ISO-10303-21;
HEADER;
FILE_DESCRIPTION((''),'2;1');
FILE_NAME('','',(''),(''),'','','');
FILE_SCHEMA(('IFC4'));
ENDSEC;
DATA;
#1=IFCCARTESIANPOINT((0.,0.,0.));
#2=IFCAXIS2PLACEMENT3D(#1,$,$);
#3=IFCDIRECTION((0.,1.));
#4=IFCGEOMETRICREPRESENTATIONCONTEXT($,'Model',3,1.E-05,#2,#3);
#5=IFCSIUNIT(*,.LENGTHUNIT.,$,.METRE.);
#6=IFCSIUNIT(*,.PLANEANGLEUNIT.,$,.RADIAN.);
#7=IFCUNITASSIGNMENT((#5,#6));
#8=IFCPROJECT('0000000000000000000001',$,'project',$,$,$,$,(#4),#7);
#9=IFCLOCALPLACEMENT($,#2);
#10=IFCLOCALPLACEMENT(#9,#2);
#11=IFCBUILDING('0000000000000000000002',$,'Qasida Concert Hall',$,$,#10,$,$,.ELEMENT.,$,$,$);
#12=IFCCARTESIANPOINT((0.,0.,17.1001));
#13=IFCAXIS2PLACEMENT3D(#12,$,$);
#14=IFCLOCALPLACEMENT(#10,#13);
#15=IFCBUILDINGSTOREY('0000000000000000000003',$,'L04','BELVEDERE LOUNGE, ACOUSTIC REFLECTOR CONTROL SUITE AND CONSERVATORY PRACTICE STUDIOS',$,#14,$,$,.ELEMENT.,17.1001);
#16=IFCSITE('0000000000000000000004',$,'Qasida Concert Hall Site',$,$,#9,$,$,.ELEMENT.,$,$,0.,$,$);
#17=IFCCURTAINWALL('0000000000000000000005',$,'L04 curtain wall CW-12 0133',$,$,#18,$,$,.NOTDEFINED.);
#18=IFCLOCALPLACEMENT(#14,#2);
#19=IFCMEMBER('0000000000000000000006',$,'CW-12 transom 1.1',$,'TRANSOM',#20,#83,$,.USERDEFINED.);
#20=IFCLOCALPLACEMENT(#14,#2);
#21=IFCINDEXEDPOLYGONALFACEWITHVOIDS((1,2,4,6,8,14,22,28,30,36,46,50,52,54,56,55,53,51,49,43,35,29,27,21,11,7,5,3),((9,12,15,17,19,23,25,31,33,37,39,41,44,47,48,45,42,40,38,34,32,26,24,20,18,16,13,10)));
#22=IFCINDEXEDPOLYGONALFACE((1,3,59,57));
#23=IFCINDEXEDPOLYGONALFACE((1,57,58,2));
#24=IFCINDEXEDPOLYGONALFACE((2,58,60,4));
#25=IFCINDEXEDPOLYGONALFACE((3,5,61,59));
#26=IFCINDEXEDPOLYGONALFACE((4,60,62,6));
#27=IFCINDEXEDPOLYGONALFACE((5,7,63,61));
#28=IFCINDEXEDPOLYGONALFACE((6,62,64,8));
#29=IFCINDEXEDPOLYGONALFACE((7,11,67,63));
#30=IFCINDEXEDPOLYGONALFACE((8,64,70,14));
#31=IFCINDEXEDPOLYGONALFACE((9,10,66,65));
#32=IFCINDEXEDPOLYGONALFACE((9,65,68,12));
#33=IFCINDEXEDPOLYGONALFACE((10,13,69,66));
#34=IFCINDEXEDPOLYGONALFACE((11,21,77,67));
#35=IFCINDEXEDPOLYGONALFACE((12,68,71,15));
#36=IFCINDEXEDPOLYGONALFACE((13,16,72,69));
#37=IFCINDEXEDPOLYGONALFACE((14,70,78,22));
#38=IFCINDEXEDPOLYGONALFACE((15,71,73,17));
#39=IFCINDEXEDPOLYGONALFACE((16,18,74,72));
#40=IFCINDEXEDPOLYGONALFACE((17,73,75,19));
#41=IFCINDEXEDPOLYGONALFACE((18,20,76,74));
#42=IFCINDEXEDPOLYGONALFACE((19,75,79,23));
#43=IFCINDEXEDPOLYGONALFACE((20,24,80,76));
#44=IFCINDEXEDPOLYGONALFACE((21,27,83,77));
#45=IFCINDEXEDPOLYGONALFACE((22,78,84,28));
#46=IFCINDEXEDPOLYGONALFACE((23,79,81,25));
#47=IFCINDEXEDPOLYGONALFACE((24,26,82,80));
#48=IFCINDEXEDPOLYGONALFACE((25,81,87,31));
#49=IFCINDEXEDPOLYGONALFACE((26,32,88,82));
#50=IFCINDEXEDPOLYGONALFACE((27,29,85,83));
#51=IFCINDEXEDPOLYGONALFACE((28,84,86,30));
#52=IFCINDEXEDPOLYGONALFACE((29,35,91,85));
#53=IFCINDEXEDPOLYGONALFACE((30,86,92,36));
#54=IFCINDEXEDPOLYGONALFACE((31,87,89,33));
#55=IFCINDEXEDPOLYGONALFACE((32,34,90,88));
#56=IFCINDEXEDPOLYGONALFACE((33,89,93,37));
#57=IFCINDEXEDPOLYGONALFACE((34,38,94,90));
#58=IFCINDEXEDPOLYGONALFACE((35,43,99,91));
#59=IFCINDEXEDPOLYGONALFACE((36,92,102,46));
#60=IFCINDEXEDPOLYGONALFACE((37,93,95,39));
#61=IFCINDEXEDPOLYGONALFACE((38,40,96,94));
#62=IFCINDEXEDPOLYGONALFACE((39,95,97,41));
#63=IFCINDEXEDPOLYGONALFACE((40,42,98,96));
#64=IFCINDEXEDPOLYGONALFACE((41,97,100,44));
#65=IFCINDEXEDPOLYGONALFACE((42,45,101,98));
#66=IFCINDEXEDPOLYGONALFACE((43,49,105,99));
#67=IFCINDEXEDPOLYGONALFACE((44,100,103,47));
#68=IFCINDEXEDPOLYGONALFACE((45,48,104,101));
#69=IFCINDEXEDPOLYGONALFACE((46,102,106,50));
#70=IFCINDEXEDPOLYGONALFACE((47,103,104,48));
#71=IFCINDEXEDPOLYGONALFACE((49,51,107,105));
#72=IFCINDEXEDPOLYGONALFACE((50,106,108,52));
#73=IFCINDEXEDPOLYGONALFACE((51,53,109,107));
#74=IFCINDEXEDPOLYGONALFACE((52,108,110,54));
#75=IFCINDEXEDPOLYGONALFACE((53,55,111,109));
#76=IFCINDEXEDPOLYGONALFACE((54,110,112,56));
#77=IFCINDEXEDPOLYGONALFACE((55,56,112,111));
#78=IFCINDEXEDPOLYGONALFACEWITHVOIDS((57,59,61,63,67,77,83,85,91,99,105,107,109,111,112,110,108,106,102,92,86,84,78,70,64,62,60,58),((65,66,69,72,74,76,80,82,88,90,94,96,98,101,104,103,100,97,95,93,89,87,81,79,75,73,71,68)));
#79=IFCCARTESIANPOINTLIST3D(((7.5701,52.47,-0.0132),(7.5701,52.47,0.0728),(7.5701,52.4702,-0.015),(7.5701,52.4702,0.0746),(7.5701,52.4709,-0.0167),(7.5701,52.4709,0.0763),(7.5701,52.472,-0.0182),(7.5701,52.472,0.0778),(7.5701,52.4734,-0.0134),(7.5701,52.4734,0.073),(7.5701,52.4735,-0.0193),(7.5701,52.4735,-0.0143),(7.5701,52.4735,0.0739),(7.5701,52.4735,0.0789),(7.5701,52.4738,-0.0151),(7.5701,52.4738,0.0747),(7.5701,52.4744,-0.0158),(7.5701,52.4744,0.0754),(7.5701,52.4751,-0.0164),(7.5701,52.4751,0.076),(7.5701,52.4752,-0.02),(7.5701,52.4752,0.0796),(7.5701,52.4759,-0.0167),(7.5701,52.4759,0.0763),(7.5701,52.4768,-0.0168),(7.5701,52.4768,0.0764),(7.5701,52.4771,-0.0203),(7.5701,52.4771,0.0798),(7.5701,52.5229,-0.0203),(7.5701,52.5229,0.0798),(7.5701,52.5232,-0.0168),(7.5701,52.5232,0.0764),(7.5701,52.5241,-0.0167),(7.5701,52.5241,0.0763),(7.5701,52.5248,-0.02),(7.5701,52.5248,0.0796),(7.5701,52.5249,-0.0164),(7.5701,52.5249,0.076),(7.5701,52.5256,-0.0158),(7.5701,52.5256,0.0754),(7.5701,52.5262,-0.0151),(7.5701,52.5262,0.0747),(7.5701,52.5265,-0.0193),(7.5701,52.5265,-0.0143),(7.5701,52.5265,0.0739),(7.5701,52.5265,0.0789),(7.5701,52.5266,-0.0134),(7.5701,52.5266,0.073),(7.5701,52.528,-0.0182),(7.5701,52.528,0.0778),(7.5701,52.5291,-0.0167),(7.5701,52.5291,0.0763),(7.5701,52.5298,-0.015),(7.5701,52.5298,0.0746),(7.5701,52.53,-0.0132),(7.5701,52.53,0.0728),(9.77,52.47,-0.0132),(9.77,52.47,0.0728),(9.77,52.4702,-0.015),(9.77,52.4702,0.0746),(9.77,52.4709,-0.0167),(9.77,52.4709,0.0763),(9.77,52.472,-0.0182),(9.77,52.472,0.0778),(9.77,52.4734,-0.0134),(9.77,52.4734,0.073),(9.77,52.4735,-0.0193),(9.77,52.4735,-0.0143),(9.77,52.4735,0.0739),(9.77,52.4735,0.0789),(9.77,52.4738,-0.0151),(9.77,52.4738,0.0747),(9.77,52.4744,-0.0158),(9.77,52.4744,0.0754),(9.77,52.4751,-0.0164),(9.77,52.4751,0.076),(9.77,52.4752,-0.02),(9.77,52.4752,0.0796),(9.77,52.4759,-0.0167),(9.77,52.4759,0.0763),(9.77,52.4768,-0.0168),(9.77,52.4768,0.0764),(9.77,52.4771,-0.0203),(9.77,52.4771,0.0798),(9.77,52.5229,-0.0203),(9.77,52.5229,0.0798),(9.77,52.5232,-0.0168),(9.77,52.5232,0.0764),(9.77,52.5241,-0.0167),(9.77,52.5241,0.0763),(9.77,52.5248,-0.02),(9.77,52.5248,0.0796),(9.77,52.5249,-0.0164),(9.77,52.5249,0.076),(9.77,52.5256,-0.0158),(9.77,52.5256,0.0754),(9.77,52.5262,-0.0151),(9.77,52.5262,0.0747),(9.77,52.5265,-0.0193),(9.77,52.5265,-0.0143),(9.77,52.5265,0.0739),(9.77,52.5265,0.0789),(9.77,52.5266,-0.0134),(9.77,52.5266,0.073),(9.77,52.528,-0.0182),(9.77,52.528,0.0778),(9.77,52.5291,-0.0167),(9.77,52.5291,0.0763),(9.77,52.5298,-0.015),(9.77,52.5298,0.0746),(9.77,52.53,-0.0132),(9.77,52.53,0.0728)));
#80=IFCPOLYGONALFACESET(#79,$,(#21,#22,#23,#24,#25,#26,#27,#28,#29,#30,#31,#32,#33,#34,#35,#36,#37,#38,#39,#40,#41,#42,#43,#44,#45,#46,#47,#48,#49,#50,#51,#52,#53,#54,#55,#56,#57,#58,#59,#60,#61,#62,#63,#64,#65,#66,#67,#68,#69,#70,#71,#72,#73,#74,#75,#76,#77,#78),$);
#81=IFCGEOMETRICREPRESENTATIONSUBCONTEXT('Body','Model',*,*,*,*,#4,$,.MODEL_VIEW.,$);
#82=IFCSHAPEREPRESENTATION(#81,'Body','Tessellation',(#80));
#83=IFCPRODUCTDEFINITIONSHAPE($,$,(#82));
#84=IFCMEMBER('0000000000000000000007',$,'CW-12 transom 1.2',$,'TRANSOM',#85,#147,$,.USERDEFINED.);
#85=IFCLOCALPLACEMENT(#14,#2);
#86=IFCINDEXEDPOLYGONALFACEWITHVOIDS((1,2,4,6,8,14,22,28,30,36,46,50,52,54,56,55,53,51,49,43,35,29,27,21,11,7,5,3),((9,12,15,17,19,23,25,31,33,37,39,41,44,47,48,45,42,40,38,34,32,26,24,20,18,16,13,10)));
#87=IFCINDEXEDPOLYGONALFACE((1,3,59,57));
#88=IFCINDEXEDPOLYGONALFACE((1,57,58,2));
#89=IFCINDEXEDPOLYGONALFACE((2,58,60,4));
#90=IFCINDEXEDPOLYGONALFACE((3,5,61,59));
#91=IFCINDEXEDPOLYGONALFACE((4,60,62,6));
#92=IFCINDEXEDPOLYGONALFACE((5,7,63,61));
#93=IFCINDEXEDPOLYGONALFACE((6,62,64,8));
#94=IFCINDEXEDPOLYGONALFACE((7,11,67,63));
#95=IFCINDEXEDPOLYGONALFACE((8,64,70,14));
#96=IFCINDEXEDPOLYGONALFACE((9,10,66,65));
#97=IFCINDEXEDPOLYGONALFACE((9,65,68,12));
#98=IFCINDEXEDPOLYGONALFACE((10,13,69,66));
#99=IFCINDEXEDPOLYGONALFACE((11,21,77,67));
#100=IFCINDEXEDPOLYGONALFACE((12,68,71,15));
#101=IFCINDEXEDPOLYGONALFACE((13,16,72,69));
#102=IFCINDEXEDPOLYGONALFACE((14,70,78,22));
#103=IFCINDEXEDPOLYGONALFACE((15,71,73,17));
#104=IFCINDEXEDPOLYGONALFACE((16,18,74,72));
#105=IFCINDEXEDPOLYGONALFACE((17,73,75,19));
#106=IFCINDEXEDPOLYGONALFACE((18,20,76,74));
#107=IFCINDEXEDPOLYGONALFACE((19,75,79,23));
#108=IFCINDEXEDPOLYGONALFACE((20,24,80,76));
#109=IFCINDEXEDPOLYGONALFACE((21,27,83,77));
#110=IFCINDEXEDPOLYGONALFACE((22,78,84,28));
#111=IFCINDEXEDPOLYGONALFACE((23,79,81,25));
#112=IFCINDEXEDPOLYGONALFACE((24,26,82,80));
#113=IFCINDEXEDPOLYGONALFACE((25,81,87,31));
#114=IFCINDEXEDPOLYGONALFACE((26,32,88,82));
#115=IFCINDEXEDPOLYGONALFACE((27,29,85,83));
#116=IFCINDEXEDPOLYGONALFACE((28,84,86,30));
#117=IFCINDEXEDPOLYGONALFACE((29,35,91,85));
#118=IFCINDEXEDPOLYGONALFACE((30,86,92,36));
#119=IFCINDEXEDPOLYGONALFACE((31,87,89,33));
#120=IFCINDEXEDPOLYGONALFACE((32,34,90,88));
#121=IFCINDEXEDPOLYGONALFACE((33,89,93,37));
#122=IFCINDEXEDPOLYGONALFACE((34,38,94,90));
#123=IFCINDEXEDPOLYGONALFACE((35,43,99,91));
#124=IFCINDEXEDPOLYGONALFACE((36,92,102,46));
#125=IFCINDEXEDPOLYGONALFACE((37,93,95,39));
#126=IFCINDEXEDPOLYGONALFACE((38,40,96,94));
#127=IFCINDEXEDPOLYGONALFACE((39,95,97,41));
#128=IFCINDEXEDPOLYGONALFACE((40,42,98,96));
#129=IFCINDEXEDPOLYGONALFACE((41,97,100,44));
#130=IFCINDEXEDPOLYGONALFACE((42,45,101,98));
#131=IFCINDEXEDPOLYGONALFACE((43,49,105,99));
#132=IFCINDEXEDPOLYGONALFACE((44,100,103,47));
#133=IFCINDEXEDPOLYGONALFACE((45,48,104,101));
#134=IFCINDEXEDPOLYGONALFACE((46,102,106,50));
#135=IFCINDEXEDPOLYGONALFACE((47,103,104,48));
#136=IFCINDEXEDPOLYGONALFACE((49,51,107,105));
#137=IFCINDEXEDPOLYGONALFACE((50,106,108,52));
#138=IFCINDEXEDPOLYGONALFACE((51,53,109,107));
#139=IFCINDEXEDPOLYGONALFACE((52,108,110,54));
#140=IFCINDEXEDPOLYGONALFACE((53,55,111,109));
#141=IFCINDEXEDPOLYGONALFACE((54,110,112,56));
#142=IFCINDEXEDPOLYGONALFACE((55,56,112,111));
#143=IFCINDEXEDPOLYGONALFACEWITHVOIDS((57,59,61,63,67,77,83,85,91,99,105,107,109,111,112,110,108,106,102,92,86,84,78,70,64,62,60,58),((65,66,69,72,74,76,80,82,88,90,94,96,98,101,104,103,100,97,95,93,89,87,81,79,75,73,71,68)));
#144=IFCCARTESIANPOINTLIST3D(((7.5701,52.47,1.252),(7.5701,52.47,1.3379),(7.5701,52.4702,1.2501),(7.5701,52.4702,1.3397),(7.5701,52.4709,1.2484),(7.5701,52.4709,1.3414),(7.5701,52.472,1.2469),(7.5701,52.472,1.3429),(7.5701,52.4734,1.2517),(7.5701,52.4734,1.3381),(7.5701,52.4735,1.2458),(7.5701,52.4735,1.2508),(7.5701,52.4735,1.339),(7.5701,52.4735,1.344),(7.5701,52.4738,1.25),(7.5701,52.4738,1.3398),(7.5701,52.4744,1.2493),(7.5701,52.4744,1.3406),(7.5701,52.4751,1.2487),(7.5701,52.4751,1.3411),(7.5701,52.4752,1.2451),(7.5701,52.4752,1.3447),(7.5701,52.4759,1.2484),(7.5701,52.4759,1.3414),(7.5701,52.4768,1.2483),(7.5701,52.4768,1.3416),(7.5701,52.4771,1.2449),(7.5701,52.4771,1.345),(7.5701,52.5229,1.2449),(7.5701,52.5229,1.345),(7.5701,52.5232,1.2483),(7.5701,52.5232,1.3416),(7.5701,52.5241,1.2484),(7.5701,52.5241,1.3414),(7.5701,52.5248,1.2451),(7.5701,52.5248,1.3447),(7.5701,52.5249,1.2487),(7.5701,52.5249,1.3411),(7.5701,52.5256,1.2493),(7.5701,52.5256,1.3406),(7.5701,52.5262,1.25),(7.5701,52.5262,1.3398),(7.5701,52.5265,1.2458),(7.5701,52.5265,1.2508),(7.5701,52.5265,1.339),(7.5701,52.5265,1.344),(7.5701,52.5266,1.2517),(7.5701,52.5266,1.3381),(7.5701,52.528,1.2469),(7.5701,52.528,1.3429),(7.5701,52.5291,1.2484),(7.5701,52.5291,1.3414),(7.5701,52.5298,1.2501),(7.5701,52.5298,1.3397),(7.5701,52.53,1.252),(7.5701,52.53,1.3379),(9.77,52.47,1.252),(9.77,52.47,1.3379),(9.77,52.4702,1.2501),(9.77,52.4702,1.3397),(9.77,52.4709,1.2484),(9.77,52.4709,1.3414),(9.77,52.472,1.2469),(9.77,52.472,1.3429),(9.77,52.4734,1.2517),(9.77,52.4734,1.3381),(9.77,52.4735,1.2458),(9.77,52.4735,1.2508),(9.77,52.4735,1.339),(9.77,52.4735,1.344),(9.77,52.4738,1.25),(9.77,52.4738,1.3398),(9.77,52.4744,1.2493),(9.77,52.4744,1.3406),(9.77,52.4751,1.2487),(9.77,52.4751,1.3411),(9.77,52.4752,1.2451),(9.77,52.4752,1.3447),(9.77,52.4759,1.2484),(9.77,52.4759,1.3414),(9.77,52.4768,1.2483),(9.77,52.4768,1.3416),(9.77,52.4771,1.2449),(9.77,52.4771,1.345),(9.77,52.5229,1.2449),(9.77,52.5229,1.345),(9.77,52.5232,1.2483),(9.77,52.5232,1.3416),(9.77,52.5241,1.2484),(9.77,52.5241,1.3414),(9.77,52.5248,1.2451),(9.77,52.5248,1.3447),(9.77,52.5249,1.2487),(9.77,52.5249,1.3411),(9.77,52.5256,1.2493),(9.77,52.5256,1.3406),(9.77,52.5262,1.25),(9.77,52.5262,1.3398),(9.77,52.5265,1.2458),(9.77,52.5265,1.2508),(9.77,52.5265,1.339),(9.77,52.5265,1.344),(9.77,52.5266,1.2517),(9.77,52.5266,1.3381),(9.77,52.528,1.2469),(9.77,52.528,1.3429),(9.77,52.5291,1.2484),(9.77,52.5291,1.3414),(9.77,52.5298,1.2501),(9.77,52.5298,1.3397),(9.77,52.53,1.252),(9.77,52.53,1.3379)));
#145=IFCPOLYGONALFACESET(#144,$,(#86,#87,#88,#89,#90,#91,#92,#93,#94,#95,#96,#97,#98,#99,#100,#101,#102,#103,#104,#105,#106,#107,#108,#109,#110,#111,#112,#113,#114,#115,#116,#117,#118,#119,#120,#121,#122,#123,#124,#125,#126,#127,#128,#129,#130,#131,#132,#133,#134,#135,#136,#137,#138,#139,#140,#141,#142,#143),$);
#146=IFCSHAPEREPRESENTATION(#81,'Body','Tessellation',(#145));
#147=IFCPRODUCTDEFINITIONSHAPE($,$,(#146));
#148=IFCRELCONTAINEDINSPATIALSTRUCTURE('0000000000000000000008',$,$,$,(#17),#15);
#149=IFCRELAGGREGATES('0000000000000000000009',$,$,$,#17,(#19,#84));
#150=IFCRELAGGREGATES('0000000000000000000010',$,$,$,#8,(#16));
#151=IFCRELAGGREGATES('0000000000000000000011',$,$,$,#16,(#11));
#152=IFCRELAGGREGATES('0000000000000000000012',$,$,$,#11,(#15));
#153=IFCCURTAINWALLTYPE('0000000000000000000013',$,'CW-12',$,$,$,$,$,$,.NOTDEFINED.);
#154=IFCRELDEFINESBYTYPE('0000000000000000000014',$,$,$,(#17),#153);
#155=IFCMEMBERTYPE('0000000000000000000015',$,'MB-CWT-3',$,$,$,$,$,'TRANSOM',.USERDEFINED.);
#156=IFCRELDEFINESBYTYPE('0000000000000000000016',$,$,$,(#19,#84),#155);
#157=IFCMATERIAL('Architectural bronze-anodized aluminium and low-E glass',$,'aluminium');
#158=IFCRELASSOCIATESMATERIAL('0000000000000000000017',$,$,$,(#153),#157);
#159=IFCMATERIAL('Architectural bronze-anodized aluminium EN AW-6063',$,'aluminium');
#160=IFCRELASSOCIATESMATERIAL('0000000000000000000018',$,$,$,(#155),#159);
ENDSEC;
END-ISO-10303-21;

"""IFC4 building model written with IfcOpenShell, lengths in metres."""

from ifc_helpers import new_model, si_unit, direction, frame, origin, origin_2d, place, context, subcontext, project, spatial, hollow_rectangle, extrude, material, material_profile, profile_set, type_object, element, aggregate, save


model = new_model("IFC4")

# Units and contexts
model_context = context("Model", 3, precision=1e-05, world=origin(), true_north=direction((0.0, 1.0)))
body_context = subcontext(model_context, "Body", "Model", "MODEL_VIEW")
ifc_project = project(units=[si_unit("LENGTHUNIT", "METRE"), si_unit("PLANEANGLEUNIT", "RADIAN")], contexts=[model_context])

# Site, building, storey
site_placement = place(None, origin())
site = spatial("IfcSite", under=ifc_project, at=site_placement, Name="Qasida Concert Hall Site", CompositionType="ELEMENT", RefElevation=0.0)
building_placement = place(site_placement, origin())
building = spatial("IfcBuilding", under=site, at=building_placement, Name="Qasida Concert Hall", CompositionType="ELEMENT")
storey_placement = place(building_placement, frame((0.0, 0.0, 17.1001)))
storey = spatial("IfcBuildingStorey", under=building, at=storey_placement, Name="L04", Description="BELVEDERE LOUNGE, ACOUSTIC REFLECTOR CONTROL SUITE AND CONSERVATORY PRACTICE STUDIOS", CompositionType="ELEMENT", Elevation=17.1001)

# Shared definitions
ifc_material_1 = material(Name="Architectural bronze-anodized aluminium and low-E glass", Category="aluminium")
curtain_wall_type = type_object("IfcCurtainWallType", Name="CW-12", PredefinedType="NOTDEFINED", material=ifc_material_1)
ifc_material_2 = material(Name="Architectural bronze-anodized aluminium EN AW-6063", Category="aluminium")

# Curtain wall, members
curtain_wall_1_placement = place(storey_placement, origin())
curtain_wall_1 = element("IfcCurtainWall", 1, at=curtain_wall_1_placement, inside=storey, type_object=curtain_wall_type, Name="L04 curtain wall CW-12 0133", PredefinedType="NOTDEFINED")
ifc_material_profile_1 = material_profile(ifc_material_2, hollow_rectangle(XDim=0.0601, YDim=0.1001, WallThickness=0.0034, InnerFilletRadius=0.0034, OuterFilletRadius=0.0071, at=origin_2d()), Name="CWT 100x60x3.5")
ifc_profile_set_1 = profile_set([ifc_material_profile_1], Name="Architectural bronze-anodized aluminium EN AW-6063")
member_type_1 = type_object("IfcMemberType", Name="MB-CWT-3", ElementType="TRANSOM", PredefinedType="USERDEFINED", material=ifc_profile_set_1)
member_1_placement = place(storey_placement, frame((7.5701, 52.5, 0.0298), z_axis=(1.0, 0.0, 0.0), x_axis=(0.0, 1.0, 0.0)))
member_1 = element("IfcMember", 2, at=member_1_placement, type_object=member_type_1, Name="CW-12 transom 1.1", ObjectType="TRANSOM", PredefinedType="USERDEFINED", context=body_context, shape_type="SweptSolid", body=[
    extrude(hollow_rectangle(XDim=0.0601, YDim=0.1001, WallThickness=0.0034, InnerFilletRadius=0.0034, OuterFilletRadius=0.0071, at=origin_2d()), origin(), (0.0, 0.0, 1.0), 2.2),
])
member_2_placement = place(storey_placement, frame((7.5701, 52.5, 1.2949), z_axis=(1.0, 0.0, 0.0), x_axis=(0.0, 1.0, 0.0)))
member_2 = element("IfcMember", 3, at=member_2_placement, type_object=member_type_1, Name="CW-12 transom 1.2", ObjectType="TRANSOM", PredefinedType="USERDEFINED", context=body_context, shape_type="SweptSolid", body=[
    extrude(hollow_rectangle(XDim=0.0601, YDim=0.1001, WallThickness=0.0034, InnerFilletRadius=0.0034, OuterFilletRadius=0.0071, at=origin_2d()), origin(), (0.0, 0.0, 1.0), 2.2),
])

aggregate(curtain_wall_1, [member_1, member_2])

save(model, "model.ifc")
